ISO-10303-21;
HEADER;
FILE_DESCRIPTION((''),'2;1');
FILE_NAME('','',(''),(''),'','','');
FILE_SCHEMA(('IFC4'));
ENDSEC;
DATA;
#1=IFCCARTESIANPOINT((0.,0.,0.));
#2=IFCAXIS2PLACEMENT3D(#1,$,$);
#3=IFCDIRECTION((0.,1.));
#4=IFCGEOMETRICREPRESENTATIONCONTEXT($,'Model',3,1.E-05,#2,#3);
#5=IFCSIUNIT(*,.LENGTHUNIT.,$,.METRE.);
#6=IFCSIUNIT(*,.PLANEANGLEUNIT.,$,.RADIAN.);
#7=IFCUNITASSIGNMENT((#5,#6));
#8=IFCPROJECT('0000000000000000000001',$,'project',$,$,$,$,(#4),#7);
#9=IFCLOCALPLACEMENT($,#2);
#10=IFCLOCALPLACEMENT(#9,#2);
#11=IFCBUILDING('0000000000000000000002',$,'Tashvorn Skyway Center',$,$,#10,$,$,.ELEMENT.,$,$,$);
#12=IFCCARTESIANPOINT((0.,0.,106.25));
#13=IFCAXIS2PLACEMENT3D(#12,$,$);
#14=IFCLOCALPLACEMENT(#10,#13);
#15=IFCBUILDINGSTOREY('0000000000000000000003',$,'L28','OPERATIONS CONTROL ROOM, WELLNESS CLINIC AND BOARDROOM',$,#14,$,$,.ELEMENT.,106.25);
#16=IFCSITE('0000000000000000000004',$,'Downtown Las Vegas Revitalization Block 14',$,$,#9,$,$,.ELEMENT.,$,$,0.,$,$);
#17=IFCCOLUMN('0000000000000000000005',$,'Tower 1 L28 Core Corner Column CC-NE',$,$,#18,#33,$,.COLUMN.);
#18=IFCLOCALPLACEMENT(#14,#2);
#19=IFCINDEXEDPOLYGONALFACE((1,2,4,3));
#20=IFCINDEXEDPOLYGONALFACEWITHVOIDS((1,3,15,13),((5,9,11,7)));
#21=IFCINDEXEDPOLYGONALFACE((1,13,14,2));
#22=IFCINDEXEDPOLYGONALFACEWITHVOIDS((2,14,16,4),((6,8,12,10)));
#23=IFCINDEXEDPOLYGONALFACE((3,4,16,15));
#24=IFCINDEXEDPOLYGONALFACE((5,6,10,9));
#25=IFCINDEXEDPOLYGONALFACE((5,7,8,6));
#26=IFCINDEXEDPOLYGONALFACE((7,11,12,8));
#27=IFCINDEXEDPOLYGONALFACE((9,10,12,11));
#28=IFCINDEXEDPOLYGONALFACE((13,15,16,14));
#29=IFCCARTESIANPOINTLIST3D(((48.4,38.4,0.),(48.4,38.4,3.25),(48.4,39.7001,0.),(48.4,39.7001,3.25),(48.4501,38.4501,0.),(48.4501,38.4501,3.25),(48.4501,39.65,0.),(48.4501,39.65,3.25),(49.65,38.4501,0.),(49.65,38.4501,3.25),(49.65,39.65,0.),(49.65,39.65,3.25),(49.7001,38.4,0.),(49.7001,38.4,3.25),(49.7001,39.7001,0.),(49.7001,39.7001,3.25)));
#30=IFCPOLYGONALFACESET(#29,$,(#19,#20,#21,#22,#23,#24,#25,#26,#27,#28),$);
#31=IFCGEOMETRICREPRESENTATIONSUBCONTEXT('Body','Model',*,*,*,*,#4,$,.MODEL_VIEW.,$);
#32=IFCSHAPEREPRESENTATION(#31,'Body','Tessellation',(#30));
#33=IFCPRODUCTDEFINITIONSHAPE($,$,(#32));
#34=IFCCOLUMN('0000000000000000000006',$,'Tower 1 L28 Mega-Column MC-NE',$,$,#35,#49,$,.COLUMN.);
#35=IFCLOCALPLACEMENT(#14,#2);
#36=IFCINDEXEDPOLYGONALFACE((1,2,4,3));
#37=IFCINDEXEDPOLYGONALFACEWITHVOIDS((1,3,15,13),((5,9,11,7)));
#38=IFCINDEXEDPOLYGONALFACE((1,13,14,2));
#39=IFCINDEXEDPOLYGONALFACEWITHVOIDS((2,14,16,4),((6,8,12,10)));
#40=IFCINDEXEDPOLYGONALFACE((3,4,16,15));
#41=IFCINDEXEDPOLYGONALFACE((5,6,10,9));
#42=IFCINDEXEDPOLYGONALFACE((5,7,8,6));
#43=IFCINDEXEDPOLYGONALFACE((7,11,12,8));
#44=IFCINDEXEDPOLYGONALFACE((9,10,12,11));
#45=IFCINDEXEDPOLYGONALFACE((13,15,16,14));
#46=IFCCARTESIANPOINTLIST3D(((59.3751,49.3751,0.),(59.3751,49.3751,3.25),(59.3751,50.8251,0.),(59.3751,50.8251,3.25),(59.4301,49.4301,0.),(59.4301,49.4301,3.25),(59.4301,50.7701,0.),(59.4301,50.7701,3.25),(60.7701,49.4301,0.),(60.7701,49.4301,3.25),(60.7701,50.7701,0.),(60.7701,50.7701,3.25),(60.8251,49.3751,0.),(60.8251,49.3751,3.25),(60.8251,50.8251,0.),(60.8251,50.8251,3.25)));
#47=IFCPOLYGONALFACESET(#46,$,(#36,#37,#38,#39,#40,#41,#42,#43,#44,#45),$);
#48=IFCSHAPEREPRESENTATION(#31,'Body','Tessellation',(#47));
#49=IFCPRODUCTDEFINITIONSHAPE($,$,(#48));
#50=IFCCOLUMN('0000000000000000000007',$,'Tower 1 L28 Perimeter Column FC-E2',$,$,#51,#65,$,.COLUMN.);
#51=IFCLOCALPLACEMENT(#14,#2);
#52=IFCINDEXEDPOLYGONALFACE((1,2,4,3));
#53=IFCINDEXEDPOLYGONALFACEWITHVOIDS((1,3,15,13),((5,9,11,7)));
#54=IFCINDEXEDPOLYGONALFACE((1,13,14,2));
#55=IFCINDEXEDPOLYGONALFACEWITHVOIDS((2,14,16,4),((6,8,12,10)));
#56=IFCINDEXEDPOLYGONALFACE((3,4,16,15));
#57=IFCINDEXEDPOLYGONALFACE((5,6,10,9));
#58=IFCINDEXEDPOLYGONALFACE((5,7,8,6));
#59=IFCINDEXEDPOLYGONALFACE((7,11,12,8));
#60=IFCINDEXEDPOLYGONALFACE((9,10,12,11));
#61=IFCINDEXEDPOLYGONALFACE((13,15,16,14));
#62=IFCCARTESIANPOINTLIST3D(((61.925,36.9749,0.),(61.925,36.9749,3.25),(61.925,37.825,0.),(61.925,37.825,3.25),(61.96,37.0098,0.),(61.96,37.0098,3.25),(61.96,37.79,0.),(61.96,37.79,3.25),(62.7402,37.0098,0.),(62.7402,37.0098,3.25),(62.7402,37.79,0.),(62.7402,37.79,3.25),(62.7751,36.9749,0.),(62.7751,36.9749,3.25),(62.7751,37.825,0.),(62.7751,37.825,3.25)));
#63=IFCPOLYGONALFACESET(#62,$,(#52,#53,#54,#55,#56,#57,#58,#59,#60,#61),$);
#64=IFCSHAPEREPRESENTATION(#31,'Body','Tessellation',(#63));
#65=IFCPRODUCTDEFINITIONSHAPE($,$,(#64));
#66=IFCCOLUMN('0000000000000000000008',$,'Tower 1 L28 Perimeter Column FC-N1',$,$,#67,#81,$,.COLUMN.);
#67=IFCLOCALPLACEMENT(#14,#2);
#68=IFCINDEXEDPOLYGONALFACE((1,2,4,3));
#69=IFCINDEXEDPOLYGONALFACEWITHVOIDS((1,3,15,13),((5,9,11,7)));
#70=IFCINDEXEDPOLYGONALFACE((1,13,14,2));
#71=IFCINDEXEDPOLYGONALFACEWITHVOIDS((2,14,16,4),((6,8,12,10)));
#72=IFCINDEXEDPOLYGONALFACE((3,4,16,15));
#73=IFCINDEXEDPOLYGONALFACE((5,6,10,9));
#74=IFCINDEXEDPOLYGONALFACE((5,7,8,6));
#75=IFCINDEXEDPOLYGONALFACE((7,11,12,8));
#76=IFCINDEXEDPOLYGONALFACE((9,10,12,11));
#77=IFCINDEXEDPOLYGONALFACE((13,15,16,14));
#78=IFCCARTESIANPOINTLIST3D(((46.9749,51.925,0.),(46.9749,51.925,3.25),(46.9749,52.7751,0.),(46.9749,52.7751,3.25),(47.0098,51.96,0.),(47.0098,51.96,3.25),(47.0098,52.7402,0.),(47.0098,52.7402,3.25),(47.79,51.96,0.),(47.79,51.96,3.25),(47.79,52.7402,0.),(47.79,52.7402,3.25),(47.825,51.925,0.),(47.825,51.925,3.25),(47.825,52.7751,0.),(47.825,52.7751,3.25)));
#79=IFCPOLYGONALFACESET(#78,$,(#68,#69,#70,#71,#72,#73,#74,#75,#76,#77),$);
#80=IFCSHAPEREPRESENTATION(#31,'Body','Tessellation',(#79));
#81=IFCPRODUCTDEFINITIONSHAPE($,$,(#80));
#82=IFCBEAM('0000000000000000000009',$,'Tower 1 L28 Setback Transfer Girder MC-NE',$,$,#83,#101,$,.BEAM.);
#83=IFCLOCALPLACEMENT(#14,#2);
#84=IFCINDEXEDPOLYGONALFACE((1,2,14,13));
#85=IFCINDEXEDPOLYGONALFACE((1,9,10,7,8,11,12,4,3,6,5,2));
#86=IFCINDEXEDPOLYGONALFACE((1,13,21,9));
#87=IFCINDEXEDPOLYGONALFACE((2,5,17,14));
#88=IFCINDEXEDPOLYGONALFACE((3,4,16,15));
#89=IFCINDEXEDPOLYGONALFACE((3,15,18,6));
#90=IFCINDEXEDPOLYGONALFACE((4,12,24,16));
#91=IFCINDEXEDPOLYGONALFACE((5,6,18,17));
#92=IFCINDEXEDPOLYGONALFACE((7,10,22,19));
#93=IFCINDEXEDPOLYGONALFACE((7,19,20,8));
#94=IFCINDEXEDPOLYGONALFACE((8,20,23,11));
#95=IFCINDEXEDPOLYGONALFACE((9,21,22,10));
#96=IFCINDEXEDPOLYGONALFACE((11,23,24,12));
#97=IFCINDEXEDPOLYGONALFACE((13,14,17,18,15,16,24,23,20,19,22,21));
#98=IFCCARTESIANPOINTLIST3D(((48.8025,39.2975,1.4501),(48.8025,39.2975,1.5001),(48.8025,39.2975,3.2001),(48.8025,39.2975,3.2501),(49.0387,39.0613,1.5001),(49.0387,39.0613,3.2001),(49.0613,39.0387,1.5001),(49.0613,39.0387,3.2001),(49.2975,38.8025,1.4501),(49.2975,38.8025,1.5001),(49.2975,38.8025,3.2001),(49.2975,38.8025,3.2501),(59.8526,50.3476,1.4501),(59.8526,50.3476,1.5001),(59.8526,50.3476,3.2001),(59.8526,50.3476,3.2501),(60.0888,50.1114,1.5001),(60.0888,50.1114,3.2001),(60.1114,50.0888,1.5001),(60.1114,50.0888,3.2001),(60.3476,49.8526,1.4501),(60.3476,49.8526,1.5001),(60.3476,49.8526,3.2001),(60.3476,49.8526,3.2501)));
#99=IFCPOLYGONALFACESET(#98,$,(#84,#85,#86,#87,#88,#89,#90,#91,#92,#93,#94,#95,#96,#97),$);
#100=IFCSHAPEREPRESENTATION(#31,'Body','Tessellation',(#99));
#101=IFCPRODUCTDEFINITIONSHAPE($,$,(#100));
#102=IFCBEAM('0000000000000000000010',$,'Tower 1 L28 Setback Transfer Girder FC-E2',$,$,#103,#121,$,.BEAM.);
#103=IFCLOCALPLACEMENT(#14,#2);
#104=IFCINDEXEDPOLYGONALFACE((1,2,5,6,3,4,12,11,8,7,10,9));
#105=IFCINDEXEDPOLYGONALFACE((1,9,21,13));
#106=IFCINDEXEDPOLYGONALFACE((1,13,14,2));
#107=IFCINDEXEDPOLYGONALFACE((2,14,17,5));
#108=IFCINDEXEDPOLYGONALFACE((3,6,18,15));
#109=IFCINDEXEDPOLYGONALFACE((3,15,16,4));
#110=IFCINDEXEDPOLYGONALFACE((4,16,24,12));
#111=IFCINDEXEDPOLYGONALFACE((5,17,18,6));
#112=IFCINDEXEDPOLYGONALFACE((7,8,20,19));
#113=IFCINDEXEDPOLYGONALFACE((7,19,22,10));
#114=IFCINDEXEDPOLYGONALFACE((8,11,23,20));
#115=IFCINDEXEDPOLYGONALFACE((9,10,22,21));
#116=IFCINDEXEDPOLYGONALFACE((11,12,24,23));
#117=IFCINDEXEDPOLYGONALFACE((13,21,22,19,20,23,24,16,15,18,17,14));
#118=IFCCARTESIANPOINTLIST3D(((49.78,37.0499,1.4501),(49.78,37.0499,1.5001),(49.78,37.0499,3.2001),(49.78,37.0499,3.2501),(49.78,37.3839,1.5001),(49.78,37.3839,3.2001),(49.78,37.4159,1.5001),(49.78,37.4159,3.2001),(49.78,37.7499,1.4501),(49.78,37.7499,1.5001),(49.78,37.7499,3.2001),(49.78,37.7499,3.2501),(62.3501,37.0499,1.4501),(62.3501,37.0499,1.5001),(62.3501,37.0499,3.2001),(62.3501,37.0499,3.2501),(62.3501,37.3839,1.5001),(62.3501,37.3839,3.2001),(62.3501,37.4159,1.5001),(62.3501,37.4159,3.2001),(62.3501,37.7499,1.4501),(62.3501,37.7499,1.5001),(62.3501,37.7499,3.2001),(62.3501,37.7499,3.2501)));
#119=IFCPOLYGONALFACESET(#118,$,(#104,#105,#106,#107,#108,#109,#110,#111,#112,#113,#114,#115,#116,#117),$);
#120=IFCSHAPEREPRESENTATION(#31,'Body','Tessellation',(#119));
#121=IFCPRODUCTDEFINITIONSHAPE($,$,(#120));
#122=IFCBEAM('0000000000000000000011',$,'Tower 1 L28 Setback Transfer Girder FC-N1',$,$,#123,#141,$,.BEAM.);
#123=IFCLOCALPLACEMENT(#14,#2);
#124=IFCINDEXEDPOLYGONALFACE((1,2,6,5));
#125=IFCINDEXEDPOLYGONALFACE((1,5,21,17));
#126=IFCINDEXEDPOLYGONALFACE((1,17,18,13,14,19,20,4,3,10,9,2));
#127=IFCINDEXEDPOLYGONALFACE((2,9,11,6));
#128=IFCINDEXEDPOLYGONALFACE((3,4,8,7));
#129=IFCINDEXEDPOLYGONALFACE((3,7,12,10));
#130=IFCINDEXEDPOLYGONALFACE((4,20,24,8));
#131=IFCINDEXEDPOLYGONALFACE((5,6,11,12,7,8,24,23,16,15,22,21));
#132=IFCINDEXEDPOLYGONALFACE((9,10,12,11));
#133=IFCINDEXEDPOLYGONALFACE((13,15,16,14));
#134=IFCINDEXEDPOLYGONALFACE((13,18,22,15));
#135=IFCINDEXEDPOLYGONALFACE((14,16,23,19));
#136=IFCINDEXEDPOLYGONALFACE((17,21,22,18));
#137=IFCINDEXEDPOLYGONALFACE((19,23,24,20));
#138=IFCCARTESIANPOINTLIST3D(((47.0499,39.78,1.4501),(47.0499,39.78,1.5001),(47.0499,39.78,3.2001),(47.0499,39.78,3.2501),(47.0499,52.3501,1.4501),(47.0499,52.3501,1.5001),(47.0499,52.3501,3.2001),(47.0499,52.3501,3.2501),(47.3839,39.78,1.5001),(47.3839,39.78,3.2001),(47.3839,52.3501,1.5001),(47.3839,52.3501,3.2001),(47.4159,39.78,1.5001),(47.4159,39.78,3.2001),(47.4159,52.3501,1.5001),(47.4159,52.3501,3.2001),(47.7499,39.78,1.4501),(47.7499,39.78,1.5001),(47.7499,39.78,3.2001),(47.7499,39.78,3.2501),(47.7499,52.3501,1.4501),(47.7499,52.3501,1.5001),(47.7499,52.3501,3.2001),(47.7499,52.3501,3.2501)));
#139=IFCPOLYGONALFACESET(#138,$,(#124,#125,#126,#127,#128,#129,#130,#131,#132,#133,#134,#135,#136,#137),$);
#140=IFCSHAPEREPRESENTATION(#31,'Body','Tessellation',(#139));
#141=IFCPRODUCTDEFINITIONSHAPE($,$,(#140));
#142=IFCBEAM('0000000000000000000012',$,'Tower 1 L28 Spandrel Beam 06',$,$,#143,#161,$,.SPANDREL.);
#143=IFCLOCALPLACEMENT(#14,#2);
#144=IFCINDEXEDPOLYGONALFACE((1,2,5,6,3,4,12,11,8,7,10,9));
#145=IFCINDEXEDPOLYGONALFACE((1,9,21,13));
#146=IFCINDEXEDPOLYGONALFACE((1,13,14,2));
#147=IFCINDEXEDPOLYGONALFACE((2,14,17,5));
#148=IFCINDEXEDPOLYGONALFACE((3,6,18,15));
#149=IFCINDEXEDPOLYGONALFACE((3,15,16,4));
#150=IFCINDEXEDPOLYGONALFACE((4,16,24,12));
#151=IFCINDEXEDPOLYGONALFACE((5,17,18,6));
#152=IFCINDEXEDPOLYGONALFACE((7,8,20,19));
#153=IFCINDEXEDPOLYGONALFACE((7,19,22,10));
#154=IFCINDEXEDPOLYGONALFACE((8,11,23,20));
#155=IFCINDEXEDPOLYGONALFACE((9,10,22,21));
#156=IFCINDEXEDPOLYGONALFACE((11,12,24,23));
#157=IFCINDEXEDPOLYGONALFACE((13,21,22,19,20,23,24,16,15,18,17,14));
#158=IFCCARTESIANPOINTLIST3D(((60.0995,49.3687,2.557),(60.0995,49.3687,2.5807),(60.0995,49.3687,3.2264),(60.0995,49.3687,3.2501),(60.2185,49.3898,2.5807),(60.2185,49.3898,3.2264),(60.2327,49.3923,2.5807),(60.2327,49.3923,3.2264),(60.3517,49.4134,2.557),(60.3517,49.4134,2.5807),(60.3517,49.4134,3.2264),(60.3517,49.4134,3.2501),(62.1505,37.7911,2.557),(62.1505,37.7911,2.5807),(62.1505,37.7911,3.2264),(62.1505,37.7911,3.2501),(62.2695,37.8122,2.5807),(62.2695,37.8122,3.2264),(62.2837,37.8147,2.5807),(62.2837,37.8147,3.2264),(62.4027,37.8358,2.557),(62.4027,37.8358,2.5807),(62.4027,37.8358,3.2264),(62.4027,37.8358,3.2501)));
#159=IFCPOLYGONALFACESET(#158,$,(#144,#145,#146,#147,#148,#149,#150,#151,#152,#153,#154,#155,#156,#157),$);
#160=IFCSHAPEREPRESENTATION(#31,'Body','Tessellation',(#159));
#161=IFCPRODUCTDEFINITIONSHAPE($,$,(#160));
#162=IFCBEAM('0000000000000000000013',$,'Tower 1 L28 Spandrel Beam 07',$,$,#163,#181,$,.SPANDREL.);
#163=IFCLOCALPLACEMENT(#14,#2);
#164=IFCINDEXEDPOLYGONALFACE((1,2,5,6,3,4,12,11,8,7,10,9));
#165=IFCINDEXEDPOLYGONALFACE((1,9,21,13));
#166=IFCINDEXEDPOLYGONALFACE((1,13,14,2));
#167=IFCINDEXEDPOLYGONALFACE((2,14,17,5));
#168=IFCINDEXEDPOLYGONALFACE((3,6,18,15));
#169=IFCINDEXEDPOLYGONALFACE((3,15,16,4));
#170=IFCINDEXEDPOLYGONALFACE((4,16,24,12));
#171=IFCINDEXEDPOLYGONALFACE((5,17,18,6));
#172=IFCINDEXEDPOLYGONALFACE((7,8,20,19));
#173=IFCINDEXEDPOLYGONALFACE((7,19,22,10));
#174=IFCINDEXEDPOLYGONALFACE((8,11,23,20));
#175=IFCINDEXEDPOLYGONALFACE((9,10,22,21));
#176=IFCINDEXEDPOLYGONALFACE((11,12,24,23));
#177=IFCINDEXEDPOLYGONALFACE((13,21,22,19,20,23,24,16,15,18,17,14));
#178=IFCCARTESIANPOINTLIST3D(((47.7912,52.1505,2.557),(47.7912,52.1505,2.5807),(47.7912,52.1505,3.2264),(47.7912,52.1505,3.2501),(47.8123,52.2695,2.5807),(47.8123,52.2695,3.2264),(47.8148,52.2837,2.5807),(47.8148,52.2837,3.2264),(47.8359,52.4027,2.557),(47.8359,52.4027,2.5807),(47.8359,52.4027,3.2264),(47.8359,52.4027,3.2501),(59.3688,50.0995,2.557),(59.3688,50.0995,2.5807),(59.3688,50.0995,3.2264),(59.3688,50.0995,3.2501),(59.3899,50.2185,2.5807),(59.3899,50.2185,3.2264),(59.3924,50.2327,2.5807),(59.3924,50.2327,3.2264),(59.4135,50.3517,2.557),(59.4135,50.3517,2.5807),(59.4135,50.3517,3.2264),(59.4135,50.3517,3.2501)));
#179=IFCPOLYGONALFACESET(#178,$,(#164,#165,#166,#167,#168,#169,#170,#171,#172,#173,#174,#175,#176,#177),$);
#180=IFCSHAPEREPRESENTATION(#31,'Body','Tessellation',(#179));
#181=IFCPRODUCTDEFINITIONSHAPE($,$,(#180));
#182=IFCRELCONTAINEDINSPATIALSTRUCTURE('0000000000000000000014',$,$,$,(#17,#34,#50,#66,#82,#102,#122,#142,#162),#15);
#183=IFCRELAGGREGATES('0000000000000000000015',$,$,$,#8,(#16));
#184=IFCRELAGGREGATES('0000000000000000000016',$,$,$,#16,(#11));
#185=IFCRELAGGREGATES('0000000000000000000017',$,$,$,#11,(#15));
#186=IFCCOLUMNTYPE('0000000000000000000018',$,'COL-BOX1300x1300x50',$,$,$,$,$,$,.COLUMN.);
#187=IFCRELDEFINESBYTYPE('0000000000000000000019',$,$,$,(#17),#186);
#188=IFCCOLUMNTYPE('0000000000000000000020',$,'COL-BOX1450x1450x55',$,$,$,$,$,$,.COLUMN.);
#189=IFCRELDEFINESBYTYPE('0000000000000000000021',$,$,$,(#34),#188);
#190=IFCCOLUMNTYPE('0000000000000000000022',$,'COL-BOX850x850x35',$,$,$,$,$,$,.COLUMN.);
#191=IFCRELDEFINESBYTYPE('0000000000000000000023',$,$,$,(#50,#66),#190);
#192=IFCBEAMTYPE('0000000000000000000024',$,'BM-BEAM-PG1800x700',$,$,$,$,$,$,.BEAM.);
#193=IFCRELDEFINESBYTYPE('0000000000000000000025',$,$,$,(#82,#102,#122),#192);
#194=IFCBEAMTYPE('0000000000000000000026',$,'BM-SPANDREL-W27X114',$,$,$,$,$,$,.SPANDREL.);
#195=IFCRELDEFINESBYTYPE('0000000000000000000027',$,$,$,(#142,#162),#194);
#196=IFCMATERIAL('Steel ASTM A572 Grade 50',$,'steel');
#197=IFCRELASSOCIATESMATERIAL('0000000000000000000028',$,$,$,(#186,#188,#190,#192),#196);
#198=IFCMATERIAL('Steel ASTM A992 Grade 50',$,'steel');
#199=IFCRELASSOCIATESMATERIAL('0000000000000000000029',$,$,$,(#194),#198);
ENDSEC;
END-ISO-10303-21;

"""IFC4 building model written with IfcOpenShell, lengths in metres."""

from ifc_helpers import new_model, si_unit, direction, frame, origin, origin_2d, place, context, subcontext, project, spatial, hollow_rectangle, i_section, extrude, material, material_profile, profile_set, type_object, element, save


model = new_model("IFC4")

# Units and contexts
model_context = context("Model", 3, precision=1e-05, world=origin(), true_north=direction((0.0, 1.0)))
body_context = subcontext(model_context, "Body", "Model", "MODEL_VIEW")
ifc_project = project(units=[si_unit("LENGTHUNIT", "METRE"), si_unit("PLANEANGLEUNIT", "RADIAN")], contexts=[model_context])

# Site, building, storey
site_placement = place(None, origin())
site = spatial("IfcSite", under=ifc_project, at=site_placement, Name="Downtown Las Vegas Revitalization Block 14", CompositionType="ELEMENT", RefElevation=0.0)
building_placement = place(site_placement, origin())
building = spatial("IfcBuilding", under=site, at=building_placement, Name="Tashvorn Skyway Center", CompositionType="ELEMENT")
storey_placement = place(building_placement, frame((0.0, 0.0, 106.25)))
storey = spatial("IfcBuildingStorey", under=building, at=storey_placement, Name="L28", Description="OPERATIONS CONTROL ROOM, WELLNESS CLINIC AND BOARDROOM", CompositionType="ELEMENT", Elevation=106.25)

# Columns
ifc_material_1 = material(Name="Steel ASTM A572 Grade 50", Category="steel")
ifc_material_profile_1 = material_profile(ifc_material_1, hollow_rectangle(XDim=1.3, YDim=1.3, WallThickness=0.05, at=origin_2d()), Name="BOX1300x1300x50")
ifc_profile_set_1 = profile_set([ifc_material_profile_1], Name="Steel ASTM A572 Grade 50")
column_type_1 = type_object("IfcColumnType", Name="COL-BOX1300x1300x50", PredefinedType="COLUMN", material=ifc_profile_set_1)
column_1_placement = place(storey_placement, frame((49.05, 39.05, 0.0), z_axis=(0.0, 0.0, 1.0), x_axis=(1.0, 0.0, 0.0)))
element("IfcColumn", 1, at=column_1_placement, inside=storey, type_object=column_type_1, Name="Tower 1 L28 Core Corner Column CC-NE", PredefinedType="COLUMN", context=body_context, shape_type="SweptSolid", body=[
    extrude(hollow_rectangle(XDim=1.3, YDim=1.3, WallThickness=0.05, at=origin_2d()), origin(), (0.0, 0.0, 1.0), 3.25),
])
ifc_material_profile_2 = material_profile(ifc_material_1, hollow_rectangle(XDim=1.45, YDim=1.45, WallThickness=0.0549, at=origin_2d()), Name="BOX1450x1450x55")
ifc_profile_set_2 = profile_set([ifc_material_profile_2], Name="Steel ASTM A572 Grade 50")
column_type_2 = type_object("IfcColumnType", Name="COL-BOX1450x1450x55", PredefinedType="COLUMN", material=ifc_profile_set_2)
column_2_placement = place(storey_placement, frame((60.1001, 50.1001, 0.0), z_axis=(0.0, 0.0, 1.0), x_axis=(1.0, 0.0, 0.0)))
element("IfcColumn", 2, at=column_2_placement, inside=storey, type_object=column_type_2, Name="Tower 1 L28 Mega-Column MC-NE", PredefinedType="COLUMN", context=body_context, shape_type="SweptSolid", body=[
    extrude(hollow_rectangle(XDim=1.45, YDim=1.45, WallThickness=0.0549, at=origin_2d()), origin(), (0.0, 0.0, 1.0), 3.25),
])
ifc_material_profile_3 = material_profile(ifc_material_1, hollow_rectangle(XDim=0.8501, YDim=0.8501, WallThickness=0.0349, at=origin_2d()), Name="BOX850x850x35")
ifc_profile_set_3 = profile_set([ifc_material_profile_3], Name="Steel ASTM A572 Grade 50")
column_type_3 = type_object("IfcColumnType", Name="COL-BOX850x850x35", PredefinedType="COLUMN", material=ifc_profile_set_3)
for number, where, z_axis, x_axis, name in (
    (3, (62.3501, 37.3999, 0.0), (0.0, 0.0, 1.0), (1.0, 0.0, 0.0), "Tower 1 L28 Perimeter Column FC-E2"),
    (4, (47.3999, 52.3501, 0.0), (0.0, 0.0, 1.0), (1.0, 0.0, 0.0), "Tower 1 L28 Perimeter Column FC-N1"),
):
    element("IfcColumn", number, at=place(storey_placement, frame(where, z_axis=z_axis, x_axis=x_axis)), inside=storey, type_object=column_type_3, Name=name, PredefinedType="COLUMN", context=body_context, shape_type="SweptSolid", body=[
        extrude(hollow_rectangle(XDim=0.8501, YDim=0.8501, WallThickness=0.0349, at=origin_2d()), origin(), (0.0, 0.0, 1.0), 3.25),
    ])

# Beams
ifc_material_profile_4 = material_profile(ifc_material_1, i_section(OverallWidth=0.7, OverallDepth=1.8, WebThickness=0.032, FlangeThickness=0.05, at=origin_2d()), Name="PG1800x700")
ifc_profile_set_4 = profile_set([ifc_material_profile_4], Name="Steel ASTM A572 Grade 50")
beam_type_1 = type_object("IfcBeamType", Name="BM-BEAM-PG1800x700", PredefinedType="BEAM", material=ifc_profile_set_4)
beam_placement = place(storey_placement, frame((60.1001, 50.1001, 2.3501), z_axis=(-0.707107, -0.707107, 0.0), x_axis=(0.707107, -0.707107, 0.0)))
element("IfcBeam", 5, at=beam_placement, inside=storey, type_object=beam_type_1, Name="Tower 1 L28 Setback Transfer Girder MC-NE", PredefinedType="BEAM", context=body_context, shape_type="SweptSolid", body=[
    extrude(i_section(OverallWidth=0.7, OverallDepth=1.8, WebThickness=0.032, FlangeThickness=0.05, at=origin_2d()), origin(), (0.0, 0.0, 1.0), 15.6272),
])
for number, where, z_axis, x_axis, name in (
    (6, (62.3501, 37.3999, 2.3501), (-1.0, 0.0, 0.0), (0.0, -1.0, 0.0), "Tower 1 L28 Setback Transfer Girder FC-E2"),
    (7, (47.3999, 52.3501, 2.3501), (0.0, -1.0, 0.0), (1.0, 0.0, 0.0), "Tower 1 L28 Setback Transfer Girder FC-N1"),
):
    element("IfcBeam", number, at=place(storey_placement, frame(where, z_axis=z_axis, x_axis=x_axis)), inside=storey, type_object=beam_type_1, Name=name, PredefinedType="BEAM", context=body_context, shape_type="SweptSolid", body=[
        extrude(i_section(OverallWidth=0.7, OverallDepth=1.8, WebThickness=0.032, FlangeThickness=0.05, at=origin_2d()), origin(), (0.0, 0.0, 1.0), 12.5701),
    ])
ifc_material_2 = material(Name="Steel ASTM A992 Grade 50", Category="steel")
ifc_material_profile_5 = material_profile(ifc_material_2, i_section(OverallWidth=0.2561, OverallDepth=0.6931, WebThickness=0.0144, FlangeThickness=0.0237, at=origin_2d()), Name="W27X114")
ifc_profile_set_5 = profile_set([ifc_material_profile_5], Name="Steel ASTM A992 Grade 50")
beam_type_2 = type_object("IfcBeamType", Name="BM-SPANDREL-W27X114", PredefinedType="SPANDREL", material=ifc_profile_set_5)
for number, where, z_axis, x_axis, name in (
    (8, (62.2766, 37.8135, 2.9036), (-0.174438, 0.984668, 0.0), (-0.984668, -0.174438, 0.0), "Tower 1 L28 Spandrel Beam 06"),
    (9, (59.3911, 50.2256, 2.9036), (-0.984668, 0.174438, 0.0), (-0.174438, -0.984668, 0.0), "Tower 1 L28 Spandrel Beam 07"),
):
    element("IfcBeam", number, at=place(storey_placement, frame(where, z_axis=z_axis, x_axis=x_axis)), inside=storey, type_object=beam_type_2, Name=name, PredefinedType="SPANDREL", context=body_context, shape_type="SweptSolid", body=[
        extrude(i_section(OverallWidth=0.2561, OverallDepth=0.6931, WebThickness=0.0144, FlangeThickness=0.0237, at=origin_2d()), origin(), (0.0, 0.0, 1.0), 11.7578),
    ])

save(model, "model.ifc")
